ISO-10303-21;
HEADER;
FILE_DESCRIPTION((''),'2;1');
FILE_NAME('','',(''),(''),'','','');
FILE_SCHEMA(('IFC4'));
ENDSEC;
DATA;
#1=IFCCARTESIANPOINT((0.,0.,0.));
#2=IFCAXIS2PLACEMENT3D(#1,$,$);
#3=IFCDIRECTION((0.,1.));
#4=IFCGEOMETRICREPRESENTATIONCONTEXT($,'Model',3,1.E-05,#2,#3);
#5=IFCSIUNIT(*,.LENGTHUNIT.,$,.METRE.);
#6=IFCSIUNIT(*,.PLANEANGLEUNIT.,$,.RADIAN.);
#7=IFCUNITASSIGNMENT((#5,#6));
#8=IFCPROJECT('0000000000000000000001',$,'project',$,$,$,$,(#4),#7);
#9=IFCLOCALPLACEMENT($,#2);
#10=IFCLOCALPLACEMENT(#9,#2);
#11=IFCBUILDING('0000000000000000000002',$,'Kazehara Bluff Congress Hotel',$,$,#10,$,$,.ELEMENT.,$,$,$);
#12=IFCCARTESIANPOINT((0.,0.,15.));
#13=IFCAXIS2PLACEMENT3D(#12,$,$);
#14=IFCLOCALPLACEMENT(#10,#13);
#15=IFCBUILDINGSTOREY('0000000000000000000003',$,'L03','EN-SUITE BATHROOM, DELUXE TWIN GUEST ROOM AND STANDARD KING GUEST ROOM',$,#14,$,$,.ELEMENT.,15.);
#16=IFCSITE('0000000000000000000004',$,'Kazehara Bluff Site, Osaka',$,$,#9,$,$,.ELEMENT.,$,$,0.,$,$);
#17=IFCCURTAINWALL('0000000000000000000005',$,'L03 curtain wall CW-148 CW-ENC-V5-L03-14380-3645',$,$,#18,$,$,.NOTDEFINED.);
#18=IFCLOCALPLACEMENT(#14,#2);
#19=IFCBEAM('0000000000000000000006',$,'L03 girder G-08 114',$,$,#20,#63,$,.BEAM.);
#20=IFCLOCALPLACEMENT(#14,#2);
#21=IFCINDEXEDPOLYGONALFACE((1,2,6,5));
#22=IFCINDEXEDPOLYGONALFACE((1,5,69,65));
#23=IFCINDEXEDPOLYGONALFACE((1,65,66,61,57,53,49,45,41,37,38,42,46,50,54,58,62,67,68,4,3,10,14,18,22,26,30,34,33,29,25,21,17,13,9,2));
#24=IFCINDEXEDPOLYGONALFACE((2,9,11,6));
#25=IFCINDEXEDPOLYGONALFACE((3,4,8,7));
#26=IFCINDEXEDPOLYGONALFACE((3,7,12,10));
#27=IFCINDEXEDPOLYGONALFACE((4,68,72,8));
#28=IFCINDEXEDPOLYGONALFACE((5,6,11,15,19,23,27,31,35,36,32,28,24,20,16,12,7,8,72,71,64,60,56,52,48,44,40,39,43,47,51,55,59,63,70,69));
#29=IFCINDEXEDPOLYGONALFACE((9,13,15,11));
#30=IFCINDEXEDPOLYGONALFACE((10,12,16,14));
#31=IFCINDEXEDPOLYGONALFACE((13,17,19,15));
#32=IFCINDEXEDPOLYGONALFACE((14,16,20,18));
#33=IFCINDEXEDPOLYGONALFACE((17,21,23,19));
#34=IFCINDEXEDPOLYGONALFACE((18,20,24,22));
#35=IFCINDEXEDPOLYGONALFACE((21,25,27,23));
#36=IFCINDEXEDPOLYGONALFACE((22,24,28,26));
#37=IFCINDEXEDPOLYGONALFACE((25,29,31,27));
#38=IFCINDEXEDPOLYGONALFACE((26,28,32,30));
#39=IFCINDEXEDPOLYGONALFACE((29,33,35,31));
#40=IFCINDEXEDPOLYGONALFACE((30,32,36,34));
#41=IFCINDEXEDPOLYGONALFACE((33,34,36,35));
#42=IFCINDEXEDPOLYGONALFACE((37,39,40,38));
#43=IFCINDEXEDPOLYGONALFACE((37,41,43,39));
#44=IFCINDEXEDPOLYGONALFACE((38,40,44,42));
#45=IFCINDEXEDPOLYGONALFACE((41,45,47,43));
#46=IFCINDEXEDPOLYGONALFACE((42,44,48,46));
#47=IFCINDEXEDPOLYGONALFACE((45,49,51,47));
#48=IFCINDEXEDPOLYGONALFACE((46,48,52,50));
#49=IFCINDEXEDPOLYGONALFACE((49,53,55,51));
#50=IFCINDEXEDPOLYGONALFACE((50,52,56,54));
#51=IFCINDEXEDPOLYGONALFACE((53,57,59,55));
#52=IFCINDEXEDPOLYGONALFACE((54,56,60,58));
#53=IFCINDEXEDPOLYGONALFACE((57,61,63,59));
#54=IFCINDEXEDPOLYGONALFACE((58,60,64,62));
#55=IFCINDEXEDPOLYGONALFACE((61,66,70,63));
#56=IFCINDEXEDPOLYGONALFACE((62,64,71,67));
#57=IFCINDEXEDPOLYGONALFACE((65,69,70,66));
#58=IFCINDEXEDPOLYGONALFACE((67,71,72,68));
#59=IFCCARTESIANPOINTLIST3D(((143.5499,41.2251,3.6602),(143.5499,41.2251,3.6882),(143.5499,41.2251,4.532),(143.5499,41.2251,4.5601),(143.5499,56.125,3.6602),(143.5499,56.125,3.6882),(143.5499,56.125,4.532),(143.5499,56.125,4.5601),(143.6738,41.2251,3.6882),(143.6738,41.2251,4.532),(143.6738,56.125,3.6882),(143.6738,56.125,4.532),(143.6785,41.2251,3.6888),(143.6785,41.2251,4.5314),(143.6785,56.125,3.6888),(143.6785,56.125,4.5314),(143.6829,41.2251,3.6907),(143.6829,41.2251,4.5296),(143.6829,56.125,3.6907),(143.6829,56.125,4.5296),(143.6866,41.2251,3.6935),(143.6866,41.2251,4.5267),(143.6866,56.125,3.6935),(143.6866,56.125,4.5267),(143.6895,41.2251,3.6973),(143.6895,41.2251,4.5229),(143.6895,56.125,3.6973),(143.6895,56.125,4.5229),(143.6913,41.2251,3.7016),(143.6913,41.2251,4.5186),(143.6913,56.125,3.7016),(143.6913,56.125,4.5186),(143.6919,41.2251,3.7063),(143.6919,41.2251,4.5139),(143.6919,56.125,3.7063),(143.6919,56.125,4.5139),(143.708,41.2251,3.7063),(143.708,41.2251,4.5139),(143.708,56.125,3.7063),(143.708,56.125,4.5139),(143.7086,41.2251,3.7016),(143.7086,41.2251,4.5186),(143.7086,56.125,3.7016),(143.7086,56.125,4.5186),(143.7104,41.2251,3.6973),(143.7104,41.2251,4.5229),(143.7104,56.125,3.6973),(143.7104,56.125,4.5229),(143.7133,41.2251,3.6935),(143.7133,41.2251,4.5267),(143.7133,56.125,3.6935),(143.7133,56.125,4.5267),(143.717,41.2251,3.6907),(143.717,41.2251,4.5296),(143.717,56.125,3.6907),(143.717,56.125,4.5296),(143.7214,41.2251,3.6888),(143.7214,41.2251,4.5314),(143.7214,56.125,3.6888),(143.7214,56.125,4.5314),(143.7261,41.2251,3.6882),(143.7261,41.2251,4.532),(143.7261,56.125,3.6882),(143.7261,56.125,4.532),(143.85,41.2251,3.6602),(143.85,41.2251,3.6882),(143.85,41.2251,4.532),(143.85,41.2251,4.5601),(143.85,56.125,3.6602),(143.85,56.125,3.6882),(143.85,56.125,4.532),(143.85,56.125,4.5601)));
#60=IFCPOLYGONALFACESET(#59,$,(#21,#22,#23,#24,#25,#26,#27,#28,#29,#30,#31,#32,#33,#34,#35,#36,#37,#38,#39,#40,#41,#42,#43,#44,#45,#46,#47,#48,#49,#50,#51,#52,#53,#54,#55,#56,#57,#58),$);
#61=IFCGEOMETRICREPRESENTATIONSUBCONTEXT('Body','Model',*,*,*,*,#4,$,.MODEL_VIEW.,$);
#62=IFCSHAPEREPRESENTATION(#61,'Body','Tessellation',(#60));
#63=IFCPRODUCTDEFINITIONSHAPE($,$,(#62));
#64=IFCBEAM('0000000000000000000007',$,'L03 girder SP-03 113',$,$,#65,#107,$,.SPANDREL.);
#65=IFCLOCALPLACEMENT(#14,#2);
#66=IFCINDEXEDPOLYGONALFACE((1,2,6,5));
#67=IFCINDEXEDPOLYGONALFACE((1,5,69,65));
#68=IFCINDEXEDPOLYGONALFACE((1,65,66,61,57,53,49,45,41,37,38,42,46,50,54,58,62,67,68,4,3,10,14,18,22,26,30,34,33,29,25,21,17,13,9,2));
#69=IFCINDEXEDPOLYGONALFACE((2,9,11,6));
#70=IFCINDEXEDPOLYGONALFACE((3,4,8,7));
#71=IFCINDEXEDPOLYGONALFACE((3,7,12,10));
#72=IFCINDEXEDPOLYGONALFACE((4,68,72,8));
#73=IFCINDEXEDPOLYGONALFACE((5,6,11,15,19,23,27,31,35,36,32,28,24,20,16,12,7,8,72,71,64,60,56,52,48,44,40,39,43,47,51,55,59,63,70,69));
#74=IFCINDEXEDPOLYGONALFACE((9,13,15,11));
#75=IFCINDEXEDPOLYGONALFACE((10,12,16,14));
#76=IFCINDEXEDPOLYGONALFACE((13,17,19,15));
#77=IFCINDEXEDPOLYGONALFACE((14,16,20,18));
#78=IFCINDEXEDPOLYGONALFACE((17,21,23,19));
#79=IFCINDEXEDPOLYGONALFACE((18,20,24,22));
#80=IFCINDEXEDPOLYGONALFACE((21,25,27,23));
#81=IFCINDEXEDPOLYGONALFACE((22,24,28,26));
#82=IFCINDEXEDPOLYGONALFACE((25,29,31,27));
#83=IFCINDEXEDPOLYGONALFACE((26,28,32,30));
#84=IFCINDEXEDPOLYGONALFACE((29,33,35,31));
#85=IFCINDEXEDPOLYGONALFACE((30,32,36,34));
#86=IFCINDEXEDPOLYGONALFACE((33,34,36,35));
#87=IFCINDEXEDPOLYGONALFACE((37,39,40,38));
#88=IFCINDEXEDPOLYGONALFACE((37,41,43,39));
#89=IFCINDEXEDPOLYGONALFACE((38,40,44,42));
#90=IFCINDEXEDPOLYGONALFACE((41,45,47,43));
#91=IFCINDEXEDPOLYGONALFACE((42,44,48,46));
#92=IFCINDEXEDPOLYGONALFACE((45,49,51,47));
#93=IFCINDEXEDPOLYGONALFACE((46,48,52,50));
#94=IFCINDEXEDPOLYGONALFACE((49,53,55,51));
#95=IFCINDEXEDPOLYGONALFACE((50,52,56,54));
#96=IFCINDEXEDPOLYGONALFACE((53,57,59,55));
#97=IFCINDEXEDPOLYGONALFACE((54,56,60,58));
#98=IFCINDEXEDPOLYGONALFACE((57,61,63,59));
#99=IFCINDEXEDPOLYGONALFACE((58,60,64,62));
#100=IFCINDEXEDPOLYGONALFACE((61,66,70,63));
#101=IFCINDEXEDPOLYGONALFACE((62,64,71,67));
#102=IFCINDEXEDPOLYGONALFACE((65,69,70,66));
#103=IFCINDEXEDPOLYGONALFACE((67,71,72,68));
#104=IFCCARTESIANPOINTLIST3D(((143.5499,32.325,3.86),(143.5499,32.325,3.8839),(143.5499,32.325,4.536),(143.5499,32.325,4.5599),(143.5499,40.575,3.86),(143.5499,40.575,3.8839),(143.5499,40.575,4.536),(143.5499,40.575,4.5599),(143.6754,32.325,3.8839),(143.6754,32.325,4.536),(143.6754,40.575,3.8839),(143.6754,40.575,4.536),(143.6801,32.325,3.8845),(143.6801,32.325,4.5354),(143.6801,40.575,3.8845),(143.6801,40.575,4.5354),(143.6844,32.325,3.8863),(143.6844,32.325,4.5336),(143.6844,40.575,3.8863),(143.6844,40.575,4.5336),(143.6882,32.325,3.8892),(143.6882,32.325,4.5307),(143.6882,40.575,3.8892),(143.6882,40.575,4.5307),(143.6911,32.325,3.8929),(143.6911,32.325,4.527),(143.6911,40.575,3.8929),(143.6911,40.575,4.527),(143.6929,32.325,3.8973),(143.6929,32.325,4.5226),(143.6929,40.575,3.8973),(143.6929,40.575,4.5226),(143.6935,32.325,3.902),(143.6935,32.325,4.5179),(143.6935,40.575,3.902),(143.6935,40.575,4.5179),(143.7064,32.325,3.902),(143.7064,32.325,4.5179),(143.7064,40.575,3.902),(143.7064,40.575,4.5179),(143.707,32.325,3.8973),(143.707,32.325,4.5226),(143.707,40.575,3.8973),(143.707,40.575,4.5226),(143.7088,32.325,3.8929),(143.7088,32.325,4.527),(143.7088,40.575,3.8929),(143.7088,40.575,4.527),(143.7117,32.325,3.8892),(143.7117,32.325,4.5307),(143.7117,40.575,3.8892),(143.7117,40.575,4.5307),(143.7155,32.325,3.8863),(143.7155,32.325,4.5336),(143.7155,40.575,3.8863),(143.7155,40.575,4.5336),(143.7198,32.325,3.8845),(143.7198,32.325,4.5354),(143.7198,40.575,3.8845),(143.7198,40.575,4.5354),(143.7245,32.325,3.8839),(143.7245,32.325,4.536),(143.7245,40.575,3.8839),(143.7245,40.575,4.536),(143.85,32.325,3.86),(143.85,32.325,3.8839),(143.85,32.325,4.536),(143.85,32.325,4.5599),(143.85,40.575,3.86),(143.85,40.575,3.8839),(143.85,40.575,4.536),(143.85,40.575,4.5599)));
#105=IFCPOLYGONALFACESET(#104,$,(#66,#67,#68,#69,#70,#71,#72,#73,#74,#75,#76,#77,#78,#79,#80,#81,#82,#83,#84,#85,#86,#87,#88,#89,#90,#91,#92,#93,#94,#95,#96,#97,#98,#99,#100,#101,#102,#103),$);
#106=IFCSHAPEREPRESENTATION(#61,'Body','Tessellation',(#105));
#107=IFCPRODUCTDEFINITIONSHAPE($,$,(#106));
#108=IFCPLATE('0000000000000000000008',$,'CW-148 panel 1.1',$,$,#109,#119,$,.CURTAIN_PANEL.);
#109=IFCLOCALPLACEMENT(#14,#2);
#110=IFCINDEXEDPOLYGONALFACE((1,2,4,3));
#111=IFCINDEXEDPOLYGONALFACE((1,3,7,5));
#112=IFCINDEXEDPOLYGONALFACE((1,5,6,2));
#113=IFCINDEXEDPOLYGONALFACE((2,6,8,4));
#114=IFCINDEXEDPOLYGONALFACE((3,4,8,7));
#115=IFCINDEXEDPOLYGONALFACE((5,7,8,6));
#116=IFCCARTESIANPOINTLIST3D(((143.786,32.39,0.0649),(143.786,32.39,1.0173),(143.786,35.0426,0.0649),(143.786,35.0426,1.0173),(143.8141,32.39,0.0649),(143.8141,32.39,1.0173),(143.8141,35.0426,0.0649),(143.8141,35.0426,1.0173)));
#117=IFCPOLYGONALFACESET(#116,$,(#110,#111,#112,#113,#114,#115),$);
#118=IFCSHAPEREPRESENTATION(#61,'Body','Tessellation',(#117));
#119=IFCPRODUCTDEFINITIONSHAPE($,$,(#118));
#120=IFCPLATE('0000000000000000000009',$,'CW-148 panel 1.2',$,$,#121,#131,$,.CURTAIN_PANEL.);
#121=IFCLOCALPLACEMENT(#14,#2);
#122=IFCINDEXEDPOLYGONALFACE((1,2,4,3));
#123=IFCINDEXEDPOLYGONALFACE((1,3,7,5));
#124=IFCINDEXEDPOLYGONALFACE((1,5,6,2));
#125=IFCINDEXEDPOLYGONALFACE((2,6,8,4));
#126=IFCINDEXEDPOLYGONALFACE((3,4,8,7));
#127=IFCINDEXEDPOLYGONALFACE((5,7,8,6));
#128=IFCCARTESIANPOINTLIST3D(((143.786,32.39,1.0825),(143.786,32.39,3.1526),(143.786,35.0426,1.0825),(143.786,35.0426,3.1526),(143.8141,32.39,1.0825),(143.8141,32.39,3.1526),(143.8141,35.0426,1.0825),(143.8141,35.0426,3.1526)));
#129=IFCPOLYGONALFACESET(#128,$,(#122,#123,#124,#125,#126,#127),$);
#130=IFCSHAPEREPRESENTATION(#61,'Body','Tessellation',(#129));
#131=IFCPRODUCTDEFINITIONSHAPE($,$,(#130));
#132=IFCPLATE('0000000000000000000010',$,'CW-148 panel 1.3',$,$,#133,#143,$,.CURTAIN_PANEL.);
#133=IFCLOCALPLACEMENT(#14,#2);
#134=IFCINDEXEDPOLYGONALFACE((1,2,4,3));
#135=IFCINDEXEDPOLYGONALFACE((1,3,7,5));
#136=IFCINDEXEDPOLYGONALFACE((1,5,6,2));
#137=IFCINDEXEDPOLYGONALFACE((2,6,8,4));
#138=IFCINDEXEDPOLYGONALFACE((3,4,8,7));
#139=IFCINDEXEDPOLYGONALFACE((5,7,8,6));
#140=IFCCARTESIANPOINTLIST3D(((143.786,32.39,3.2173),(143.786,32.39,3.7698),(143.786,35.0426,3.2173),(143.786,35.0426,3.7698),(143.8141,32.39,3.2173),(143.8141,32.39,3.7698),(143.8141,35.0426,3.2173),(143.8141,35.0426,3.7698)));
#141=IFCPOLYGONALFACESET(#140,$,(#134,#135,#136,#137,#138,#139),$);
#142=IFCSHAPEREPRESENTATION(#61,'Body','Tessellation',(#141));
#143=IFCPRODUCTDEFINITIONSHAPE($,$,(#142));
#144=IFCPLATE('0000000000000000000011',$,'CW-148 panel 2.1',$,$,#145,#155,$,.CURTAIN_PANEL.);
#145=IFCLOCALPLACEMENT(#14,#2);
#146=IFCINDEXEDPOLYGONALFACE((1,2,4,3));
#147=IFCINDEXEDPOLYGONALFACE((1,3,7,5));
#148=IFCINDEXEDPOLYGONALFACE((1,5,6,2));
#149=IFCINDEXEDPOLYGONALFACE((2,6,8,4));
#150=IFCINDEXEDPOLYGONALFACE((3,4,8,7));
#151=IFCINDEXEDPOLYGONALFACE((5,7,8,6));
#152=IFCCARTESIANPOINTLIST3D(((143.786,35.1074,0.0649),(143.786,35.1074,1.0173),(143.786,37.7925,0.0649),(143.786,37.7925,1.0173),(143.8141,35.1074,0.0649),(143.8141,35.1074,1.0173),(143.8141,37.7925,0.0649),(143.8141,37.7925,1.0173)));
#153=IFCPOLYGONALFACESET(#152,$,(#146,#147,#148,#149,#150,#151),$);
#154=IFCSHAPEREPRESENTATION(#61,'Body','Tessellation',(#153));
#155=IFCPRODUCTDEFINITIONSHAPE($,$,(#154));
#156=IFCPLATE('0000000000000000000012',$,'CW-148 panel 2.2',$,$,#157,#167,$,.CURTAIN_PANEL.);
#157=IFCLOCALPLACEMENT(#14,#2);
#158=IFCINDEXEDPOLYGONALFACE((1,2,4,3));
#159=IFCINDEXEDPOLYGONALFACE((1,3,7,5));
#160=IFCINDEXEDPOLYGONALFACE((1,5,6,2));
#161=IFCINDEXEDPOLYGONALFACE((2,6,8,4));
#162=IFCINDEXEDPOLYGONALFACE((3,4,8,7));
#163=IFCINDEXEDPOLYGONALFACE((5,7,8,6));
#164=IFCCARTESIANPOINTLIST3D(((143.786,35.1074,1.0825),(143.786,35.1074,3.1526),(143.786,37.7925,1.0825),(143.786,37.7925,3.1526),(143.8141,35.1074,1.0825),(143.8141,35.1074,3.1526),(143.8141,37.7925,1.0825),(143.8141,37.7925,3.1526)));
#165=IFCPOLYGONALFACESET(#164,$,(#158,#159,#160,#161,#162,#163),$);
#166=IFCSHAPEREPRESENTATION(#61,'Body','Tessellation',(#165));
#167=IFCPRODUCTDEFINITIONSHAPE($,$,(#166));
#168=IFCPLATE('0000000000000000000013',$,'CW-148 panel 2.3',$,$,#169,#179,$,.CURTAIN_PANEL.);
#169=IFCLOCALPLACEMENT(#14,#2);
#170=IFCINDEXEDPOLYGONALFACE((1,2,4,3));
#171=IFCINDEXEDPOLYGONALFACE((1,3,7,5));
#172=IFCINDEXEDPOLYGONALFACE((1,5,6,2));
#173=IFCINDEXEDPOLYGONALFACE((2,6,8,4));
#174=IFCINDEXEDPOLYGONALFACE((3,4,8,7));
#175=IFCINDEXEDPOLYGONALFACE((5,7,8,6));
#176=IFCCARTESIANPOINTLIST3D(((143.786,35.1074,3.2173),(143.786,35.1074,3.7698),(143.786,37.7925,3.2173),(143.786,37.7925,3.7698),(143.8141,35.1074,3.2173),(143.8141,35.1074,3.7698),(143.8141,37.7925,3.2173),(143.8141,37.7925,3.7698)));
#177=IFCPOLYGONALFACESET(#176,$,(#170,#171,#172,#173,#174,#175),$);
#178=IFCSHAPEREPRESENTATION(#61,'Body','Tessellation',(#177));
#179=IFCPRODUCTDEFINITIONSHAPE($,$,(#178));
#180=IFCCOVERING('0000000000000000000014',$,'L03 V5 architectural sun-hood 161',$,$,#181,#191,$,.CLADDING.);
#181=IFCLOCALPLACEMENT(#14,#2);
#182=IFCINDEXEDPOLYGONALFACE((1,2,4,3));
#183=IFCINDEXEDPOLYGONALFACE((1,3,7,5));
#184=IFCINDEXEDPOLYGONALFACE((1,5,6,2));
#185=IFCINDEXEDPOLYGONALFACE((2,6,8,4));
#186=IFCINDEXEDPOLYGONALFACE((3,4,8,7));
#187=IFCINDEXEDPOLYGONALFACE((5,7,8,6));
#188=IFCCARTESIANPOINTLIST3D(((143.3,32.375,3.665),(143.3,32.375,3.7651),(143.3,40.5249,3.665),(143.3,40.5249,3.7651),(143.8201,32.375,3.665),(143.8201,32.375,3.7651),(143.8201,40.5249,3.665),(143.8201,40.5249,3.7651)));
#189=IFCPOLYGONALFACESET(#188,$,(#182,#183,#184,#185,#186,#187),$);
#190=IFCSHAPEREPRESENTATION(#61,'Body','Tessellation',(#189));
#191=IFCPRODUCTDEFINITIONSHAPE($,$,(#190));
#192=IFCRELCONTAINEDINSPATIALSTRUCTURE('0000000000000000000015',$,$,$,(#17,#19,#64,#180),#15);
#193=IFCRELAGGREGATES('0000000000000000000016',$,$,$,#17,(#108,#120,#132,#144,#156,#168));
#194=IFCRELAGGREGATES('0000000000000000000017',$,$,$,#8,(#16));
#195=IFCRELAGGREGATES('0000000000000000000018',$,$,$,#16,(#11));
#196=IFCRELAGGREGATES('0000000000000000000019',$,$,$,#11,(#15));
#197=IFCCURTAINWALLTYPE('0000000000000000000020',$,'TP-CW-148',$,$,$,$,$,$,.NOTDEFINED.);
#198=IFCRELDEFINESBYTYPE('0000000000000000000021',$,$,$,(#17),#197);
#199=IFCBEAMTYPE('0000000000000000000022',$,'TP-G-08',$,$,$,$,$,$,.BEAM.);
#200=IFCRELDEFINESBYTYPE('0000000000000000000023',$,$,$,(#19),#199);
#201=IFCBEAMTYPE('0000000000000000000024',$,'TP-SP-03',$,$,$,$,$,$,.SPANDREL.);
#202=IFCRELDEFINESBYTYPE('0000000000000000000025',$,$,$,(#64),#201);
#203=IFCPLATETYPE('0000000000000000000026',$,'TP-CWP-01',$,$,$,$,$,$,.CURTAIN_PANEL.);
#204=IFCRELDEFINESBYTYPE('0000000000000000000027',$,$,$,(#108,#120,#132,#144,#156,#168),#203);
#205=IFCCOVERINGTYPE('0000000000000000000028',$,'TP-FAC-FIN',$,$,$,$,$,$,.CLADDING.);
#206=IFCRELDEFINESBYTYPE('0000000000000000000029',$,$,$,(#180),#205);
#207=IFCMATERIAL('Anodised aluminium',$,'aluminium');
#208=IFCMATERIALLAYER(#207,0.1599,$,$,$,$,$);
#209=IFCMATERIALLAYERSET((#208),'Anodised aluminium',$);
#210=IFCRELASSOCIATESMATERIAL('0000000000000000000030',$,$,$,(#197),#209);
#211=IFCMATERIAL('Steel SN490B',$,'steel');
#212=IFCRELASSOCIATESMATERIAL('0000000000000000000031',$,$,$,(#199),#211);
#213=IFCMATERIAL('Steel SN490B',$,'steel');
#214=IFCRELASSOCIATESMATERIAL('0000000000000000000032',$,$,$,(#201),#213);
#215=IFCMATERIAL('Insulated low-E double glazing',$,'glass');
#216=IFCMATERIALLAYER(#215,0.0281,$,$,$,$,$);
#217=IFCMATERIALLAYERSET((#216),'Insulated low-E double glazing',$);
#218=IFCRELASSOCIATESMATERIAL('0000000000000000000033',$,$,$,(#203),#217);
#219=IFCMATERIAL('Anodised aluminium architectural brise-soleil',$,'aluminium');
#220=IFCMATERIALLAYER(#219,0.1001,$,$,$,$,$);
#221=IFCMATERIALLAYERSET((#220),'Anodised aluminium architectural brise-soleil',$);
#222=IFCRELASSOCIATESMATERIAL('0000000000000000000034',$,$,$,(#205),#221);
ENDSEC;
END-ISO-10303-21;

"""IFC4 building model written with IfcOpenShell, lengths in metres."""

from ifc_helpers import new_model, si_unit, direction, frame, origin, origin_2d, place, context, subcontext, project, spatial, rectangle, i_section, extrude, material, layer, layer_set, material_profile, profile_set, type_object, element, aggregate, save


model = new_model("IFC4")

# Units and contexts
model_context = context("Model", 3, precision=1e-05, world=origin(), true_north=direction((0.0, 1.0)))
body_context = subcontext(model_context, "Body", "Model", "MODEL_VIEW")
ifc_project = project(units=[si_unit("LENGTHUNIT", "METRE"), si_unit("PLANEANGLEUNIT", "RADIAN")], contexts=[model_context])

# Site, building, storey
site_placement = place(None, origin())
site = spatial("IfcSite", under=ifc_project, at=site_placement, Name="Kazehara Bluff Site, Osaka", CompositionType="ELEMENT", RefElevation=0.0)
building_placement = place(site_placement, origin())
building = spatial("IfcBuilding", under=site, at=building_placement, Name="Kazehara Bluff Congress Hotel", CompositionType="ELEMENT")
storey_placement = place(building_placement, frame((0.0, 0.0, 15.0)))
storey = spatial("IfcBuildingStorey", under=building, at=storey_placement, Name="L03", Description="EN-SUITE BATHROOM, DELUXE TWIN GUEST ROOM AND STANDARD KING GUEST ROOM", CompositionType="ELEMENT", Elevation=15.0)

# Curtain wall
ifc_material_1 = material(Name="Anodised aluminium", Category="aluminium")
ifc_layer_1 = layer(ifc_material_1, 0.1599)
ifc_layer_set_1 = layer_set([ifc_layer_1], Name="Anodised aluminium")
curtain_wall_type = type_object("IfcCurtainWallType", Name="TP-CW-148", PredefinedType="NOTDEFINED", material=ifc_layer_set_1)
curtain_wall_placement = place(storey_placement, origin())
curtain_wall = element("IfcCurtainWall", 1, at=curtain_wall_placement, inside=storey, type_object=curtain_wall_type, Name="L03 curtain wall CW-148 CW-ENC-V5-L03-14380-3645", PredefinedType="NOTDEFINED")

# Beams
ifc_material_2 = material(Name="Steel SN490B", Category="steel")
ifc_material_profile_1 = material_profile(ifc_material_2, i_section(OverallWidth=0.3, OverallDepth=0.8999, WebThickness=0.0161, FlangeThickness=0.0281, FilletRadius=0.0181, at=origin_2d()))
ifc_profile_set_1 = profile_set([ifc_material_profile_1], Name="Steel SN490B")
beam_type_1 = type_object("IfcBeamType", Name="TP-G-08", PredefinedType="BEAM", material=ifc_profile_set_1)
beam_1_placement = place(storey_placement, frame((143.7, 41.2251, 4.1101), z_axis=(0.0, 1.0, 0.0), x_axis=(-1.0, 0.0, 0.0)))
element("IfcBeam", 2, at=beam_1_placement, inside=storey, type_object=beam_type_1, Name="L03 girder G-08 114", PredefinedType="BEAM", context=body_context, shape_type="SweptSolid", body=[
    extrude(i_section(OverallWidth=0.3, OverallDepth=0.8999, WebThickness=0.0161, FlangeThickness=0.0281, FilletRadius=0.0181, at=origin_2d()), origin(), (0.0, 0.0, 1.0), 14.8999),
])
ifc_material_3 = material(Name="Steel SN490B", Category="steel")
ifc_material_profile_2 = material_profile(ifc_material_3, i_section(OverallWidth=0.3, OverallDepth=0.7, WebThickness=0.0129, FlangeThickness=0.0239, FilletRadius=0.0181, at=origin_2d()))
ifc_profile_set_2 = profile_set([ifc_material_profile_2], Name="Steel SN490B")
beam_type_2 = type_object("IfcBeamType", Name="TP-SP-03", PredefinedType="SPANDREL", material=ifc_profile_set_2)
beam_2_placement = place(storey_placement, frame((143.7, 32.325, 4.21), z_axis=(0.0, 1.0, 0.0), x_axis=(-1.0, 0.0, 0.0)))
element("IfcBeam", 3, at=beam_2_placement, inside=storey, type_object=beam_type_2, Name="L03 girder SP-03 113", PredefinedType="SPANDREL", context=body_context, shape_type="SweptSolid", body=[
    extrude(i_section(OverallWidth=0.3, OverallDepth=0.7, WebThickness=0.0129, FlangeThickness=0.0239, FilletRadius=0.0181, at=origin_2d()), origin(), (0.0, 0.0, 1.0), 8.25),
])

# Plates
ifc_material_4 = material(Name="Insulated low-E double glazing", Category="glass")
ifc_layer_2 = layer(ifc_material_4, 0.0281)
ifc_layer_set_2 = layer_set([ifc_layer_2], Name="Insulated low-E double glazing")
plate_type = type_object("IfcPlateType", Name="TP-CWP-01", PredefinedType="CURTAIN_PANEL", material=ifc_layer_set_2)
plate_1_placement = place(storey_placement, frame((143.8, 33.7163, 0.0649), z_axis=(0.0, 0.0, 1.0), x_axis=(0.0, 1.0, 0.0)))
plate_1 = element("IfcPlate", 4, at=plate_1_placement, type_object=plate_type, Name="CW-148 panel 1.1", PredefinedType="CURTAIN_PANEL", context=body_context, shape_type="SweptSolid", body=[
    extrude(rectangle(XDim=2.6526, YDim=0.0281, at=origin_2d()), origin(), (0.0, 0.0, 1.0), 0.9524),
])
plate_2_placement = place(storey_placement, frame((143.8, 33.7163, 1.0825), z_axis=(0.0, 0.0, 1.0), x_axis=(0.0, 1.0, 0.0)))
plate_2 = element("IfcPlate", 5, at=plate_2_placement, type_object=plate_type, Name="CW-148 panel 1.2", PredefinedType="CURTAIN_PANEL", context=body_context, shape_type="SweptSolid", body=[
    extrude(rectangle(XDim=2.6526, YDim=0.0281, at=origin_2d()), origin(), (0.0, 0.0, 1.0), 2.0701),
])
plate_3_placement = place(storey_placement, frame((143.8, 33.7163, 3.2173), z_axis=(0.0, 0.0, 1.0), x_axis=(0.0, 1.0, 0.0)))
plate_3 = element("IfcPlate", 6, at=plate_3_placement, type_object=plate_type, Name="CW-148 panel 1.3", PredefinedType="CURTAIN_PANEL", context=body_context, shape_type="SweptSolid", body=[
    extrude(rectangle(XDim=2.6526, YDim=0.0281, at=origin_2d()), origin(), (0.0, 0.0, 1.0), 0.5525),
])
plate_4_placement = place(storey_placement, frame((143.8, 36.45, 0.0649), z_axis=(0.0, 0.0, 1.0), x_axis=(0.0, 1.0, 0.0)))
plate_4 = element("IfcPlate", 7, at=plate_4_placement, type_object=plate_type, Name="CW-148 panel 2.1", PredefinedType="CURTAIN_PANEL", context=body_context, shape_type="SweptSolid", body=[
    extrude(rectangle(XDim=2.6851, YDim=0.0281, at=origin_2d()), origin(), (0.0, 0.0, 1.0), 0.9524),
])
plate_5_placement = place(storey_placement, frame((143.8, 36.45, 1.0825), z_axis=(0.0, 0.0, 1.0), x_axis=(0.0, 1.0, 0.0)))
plate_5 = element("IfcPlate", 8, at=plate_5_placement, type_object=plate_type, Name="CW-148 panel 2.2", PredefinedType="CURTAIN_PANEL", context=body_context, shape_type="SweptSolid", body=[
    extrude(rectangle(XDim=2.6851, YDim=0.0281, at=origin_2d()), origin(), (0.0, 0.0, 1.0), 2.0701),
])
plate_6_placement = place(storey_placement, frame((143.8, 36.45, 3.2173), z_axis=(0.0, 0.0, 1.0), x_axis=(0.0, 1.0, 0.0)))
plate_6 = element("IfcPlate", 9, at=plate_6_placement, type_object=plate_type, Name="CW-148 panel 2.3", PredefinedType="CURTAIN_PANEL", context=body_context, shape_type="SweptSolid", body=[
    extrude(rectangle(XDim=2.6851, YDim=0.0281, at=origin_2d()), origin(), (0.0, 0.0, 1.0), 0.5525),
])
aggregate(curtain_wall, [plate_1, plate_2, plate_3, plate_4, plate_5, plate_6])

# Covering
ifc_material_5 = material(Name="Anodised aluminium architectural brise-soleil", Category="aluminium")
ifc_layer_3 = layer(ifc_material_5, 0.1001)
ifc_layer_set_3 = layer_set([ifc_layer_3], Name="Anodised aluminium architectural brise-soleil")
covering_type = type_object("IfcCoveringType", Name="TP-FAC-FIN", PredefinedType="CLADDING", material=ifc_layer_set_3)
covering_1_placement = place(storey_placement, frame((143.5601, 36.45, 3.665), z_axis=(0.0, 0.0, 1.0), x_axis=(1.0, 0.0, 0.0)))
element("IfcCovering", 10, at=covering_1_placement, inside=storey, type_object=covering_type, Name="L03 V5 architectural sun-hood 161", PredefinedType="CLADDING", context=body_context, shape_type="SweptSolid", body=[
    extrude(rectangle(XDim=0.52, YDim=8.1499, at=origin_2d()), origin(), (0.0, 0.0, 1.0), 0.1001),
])

save(model, "model.ifc")
